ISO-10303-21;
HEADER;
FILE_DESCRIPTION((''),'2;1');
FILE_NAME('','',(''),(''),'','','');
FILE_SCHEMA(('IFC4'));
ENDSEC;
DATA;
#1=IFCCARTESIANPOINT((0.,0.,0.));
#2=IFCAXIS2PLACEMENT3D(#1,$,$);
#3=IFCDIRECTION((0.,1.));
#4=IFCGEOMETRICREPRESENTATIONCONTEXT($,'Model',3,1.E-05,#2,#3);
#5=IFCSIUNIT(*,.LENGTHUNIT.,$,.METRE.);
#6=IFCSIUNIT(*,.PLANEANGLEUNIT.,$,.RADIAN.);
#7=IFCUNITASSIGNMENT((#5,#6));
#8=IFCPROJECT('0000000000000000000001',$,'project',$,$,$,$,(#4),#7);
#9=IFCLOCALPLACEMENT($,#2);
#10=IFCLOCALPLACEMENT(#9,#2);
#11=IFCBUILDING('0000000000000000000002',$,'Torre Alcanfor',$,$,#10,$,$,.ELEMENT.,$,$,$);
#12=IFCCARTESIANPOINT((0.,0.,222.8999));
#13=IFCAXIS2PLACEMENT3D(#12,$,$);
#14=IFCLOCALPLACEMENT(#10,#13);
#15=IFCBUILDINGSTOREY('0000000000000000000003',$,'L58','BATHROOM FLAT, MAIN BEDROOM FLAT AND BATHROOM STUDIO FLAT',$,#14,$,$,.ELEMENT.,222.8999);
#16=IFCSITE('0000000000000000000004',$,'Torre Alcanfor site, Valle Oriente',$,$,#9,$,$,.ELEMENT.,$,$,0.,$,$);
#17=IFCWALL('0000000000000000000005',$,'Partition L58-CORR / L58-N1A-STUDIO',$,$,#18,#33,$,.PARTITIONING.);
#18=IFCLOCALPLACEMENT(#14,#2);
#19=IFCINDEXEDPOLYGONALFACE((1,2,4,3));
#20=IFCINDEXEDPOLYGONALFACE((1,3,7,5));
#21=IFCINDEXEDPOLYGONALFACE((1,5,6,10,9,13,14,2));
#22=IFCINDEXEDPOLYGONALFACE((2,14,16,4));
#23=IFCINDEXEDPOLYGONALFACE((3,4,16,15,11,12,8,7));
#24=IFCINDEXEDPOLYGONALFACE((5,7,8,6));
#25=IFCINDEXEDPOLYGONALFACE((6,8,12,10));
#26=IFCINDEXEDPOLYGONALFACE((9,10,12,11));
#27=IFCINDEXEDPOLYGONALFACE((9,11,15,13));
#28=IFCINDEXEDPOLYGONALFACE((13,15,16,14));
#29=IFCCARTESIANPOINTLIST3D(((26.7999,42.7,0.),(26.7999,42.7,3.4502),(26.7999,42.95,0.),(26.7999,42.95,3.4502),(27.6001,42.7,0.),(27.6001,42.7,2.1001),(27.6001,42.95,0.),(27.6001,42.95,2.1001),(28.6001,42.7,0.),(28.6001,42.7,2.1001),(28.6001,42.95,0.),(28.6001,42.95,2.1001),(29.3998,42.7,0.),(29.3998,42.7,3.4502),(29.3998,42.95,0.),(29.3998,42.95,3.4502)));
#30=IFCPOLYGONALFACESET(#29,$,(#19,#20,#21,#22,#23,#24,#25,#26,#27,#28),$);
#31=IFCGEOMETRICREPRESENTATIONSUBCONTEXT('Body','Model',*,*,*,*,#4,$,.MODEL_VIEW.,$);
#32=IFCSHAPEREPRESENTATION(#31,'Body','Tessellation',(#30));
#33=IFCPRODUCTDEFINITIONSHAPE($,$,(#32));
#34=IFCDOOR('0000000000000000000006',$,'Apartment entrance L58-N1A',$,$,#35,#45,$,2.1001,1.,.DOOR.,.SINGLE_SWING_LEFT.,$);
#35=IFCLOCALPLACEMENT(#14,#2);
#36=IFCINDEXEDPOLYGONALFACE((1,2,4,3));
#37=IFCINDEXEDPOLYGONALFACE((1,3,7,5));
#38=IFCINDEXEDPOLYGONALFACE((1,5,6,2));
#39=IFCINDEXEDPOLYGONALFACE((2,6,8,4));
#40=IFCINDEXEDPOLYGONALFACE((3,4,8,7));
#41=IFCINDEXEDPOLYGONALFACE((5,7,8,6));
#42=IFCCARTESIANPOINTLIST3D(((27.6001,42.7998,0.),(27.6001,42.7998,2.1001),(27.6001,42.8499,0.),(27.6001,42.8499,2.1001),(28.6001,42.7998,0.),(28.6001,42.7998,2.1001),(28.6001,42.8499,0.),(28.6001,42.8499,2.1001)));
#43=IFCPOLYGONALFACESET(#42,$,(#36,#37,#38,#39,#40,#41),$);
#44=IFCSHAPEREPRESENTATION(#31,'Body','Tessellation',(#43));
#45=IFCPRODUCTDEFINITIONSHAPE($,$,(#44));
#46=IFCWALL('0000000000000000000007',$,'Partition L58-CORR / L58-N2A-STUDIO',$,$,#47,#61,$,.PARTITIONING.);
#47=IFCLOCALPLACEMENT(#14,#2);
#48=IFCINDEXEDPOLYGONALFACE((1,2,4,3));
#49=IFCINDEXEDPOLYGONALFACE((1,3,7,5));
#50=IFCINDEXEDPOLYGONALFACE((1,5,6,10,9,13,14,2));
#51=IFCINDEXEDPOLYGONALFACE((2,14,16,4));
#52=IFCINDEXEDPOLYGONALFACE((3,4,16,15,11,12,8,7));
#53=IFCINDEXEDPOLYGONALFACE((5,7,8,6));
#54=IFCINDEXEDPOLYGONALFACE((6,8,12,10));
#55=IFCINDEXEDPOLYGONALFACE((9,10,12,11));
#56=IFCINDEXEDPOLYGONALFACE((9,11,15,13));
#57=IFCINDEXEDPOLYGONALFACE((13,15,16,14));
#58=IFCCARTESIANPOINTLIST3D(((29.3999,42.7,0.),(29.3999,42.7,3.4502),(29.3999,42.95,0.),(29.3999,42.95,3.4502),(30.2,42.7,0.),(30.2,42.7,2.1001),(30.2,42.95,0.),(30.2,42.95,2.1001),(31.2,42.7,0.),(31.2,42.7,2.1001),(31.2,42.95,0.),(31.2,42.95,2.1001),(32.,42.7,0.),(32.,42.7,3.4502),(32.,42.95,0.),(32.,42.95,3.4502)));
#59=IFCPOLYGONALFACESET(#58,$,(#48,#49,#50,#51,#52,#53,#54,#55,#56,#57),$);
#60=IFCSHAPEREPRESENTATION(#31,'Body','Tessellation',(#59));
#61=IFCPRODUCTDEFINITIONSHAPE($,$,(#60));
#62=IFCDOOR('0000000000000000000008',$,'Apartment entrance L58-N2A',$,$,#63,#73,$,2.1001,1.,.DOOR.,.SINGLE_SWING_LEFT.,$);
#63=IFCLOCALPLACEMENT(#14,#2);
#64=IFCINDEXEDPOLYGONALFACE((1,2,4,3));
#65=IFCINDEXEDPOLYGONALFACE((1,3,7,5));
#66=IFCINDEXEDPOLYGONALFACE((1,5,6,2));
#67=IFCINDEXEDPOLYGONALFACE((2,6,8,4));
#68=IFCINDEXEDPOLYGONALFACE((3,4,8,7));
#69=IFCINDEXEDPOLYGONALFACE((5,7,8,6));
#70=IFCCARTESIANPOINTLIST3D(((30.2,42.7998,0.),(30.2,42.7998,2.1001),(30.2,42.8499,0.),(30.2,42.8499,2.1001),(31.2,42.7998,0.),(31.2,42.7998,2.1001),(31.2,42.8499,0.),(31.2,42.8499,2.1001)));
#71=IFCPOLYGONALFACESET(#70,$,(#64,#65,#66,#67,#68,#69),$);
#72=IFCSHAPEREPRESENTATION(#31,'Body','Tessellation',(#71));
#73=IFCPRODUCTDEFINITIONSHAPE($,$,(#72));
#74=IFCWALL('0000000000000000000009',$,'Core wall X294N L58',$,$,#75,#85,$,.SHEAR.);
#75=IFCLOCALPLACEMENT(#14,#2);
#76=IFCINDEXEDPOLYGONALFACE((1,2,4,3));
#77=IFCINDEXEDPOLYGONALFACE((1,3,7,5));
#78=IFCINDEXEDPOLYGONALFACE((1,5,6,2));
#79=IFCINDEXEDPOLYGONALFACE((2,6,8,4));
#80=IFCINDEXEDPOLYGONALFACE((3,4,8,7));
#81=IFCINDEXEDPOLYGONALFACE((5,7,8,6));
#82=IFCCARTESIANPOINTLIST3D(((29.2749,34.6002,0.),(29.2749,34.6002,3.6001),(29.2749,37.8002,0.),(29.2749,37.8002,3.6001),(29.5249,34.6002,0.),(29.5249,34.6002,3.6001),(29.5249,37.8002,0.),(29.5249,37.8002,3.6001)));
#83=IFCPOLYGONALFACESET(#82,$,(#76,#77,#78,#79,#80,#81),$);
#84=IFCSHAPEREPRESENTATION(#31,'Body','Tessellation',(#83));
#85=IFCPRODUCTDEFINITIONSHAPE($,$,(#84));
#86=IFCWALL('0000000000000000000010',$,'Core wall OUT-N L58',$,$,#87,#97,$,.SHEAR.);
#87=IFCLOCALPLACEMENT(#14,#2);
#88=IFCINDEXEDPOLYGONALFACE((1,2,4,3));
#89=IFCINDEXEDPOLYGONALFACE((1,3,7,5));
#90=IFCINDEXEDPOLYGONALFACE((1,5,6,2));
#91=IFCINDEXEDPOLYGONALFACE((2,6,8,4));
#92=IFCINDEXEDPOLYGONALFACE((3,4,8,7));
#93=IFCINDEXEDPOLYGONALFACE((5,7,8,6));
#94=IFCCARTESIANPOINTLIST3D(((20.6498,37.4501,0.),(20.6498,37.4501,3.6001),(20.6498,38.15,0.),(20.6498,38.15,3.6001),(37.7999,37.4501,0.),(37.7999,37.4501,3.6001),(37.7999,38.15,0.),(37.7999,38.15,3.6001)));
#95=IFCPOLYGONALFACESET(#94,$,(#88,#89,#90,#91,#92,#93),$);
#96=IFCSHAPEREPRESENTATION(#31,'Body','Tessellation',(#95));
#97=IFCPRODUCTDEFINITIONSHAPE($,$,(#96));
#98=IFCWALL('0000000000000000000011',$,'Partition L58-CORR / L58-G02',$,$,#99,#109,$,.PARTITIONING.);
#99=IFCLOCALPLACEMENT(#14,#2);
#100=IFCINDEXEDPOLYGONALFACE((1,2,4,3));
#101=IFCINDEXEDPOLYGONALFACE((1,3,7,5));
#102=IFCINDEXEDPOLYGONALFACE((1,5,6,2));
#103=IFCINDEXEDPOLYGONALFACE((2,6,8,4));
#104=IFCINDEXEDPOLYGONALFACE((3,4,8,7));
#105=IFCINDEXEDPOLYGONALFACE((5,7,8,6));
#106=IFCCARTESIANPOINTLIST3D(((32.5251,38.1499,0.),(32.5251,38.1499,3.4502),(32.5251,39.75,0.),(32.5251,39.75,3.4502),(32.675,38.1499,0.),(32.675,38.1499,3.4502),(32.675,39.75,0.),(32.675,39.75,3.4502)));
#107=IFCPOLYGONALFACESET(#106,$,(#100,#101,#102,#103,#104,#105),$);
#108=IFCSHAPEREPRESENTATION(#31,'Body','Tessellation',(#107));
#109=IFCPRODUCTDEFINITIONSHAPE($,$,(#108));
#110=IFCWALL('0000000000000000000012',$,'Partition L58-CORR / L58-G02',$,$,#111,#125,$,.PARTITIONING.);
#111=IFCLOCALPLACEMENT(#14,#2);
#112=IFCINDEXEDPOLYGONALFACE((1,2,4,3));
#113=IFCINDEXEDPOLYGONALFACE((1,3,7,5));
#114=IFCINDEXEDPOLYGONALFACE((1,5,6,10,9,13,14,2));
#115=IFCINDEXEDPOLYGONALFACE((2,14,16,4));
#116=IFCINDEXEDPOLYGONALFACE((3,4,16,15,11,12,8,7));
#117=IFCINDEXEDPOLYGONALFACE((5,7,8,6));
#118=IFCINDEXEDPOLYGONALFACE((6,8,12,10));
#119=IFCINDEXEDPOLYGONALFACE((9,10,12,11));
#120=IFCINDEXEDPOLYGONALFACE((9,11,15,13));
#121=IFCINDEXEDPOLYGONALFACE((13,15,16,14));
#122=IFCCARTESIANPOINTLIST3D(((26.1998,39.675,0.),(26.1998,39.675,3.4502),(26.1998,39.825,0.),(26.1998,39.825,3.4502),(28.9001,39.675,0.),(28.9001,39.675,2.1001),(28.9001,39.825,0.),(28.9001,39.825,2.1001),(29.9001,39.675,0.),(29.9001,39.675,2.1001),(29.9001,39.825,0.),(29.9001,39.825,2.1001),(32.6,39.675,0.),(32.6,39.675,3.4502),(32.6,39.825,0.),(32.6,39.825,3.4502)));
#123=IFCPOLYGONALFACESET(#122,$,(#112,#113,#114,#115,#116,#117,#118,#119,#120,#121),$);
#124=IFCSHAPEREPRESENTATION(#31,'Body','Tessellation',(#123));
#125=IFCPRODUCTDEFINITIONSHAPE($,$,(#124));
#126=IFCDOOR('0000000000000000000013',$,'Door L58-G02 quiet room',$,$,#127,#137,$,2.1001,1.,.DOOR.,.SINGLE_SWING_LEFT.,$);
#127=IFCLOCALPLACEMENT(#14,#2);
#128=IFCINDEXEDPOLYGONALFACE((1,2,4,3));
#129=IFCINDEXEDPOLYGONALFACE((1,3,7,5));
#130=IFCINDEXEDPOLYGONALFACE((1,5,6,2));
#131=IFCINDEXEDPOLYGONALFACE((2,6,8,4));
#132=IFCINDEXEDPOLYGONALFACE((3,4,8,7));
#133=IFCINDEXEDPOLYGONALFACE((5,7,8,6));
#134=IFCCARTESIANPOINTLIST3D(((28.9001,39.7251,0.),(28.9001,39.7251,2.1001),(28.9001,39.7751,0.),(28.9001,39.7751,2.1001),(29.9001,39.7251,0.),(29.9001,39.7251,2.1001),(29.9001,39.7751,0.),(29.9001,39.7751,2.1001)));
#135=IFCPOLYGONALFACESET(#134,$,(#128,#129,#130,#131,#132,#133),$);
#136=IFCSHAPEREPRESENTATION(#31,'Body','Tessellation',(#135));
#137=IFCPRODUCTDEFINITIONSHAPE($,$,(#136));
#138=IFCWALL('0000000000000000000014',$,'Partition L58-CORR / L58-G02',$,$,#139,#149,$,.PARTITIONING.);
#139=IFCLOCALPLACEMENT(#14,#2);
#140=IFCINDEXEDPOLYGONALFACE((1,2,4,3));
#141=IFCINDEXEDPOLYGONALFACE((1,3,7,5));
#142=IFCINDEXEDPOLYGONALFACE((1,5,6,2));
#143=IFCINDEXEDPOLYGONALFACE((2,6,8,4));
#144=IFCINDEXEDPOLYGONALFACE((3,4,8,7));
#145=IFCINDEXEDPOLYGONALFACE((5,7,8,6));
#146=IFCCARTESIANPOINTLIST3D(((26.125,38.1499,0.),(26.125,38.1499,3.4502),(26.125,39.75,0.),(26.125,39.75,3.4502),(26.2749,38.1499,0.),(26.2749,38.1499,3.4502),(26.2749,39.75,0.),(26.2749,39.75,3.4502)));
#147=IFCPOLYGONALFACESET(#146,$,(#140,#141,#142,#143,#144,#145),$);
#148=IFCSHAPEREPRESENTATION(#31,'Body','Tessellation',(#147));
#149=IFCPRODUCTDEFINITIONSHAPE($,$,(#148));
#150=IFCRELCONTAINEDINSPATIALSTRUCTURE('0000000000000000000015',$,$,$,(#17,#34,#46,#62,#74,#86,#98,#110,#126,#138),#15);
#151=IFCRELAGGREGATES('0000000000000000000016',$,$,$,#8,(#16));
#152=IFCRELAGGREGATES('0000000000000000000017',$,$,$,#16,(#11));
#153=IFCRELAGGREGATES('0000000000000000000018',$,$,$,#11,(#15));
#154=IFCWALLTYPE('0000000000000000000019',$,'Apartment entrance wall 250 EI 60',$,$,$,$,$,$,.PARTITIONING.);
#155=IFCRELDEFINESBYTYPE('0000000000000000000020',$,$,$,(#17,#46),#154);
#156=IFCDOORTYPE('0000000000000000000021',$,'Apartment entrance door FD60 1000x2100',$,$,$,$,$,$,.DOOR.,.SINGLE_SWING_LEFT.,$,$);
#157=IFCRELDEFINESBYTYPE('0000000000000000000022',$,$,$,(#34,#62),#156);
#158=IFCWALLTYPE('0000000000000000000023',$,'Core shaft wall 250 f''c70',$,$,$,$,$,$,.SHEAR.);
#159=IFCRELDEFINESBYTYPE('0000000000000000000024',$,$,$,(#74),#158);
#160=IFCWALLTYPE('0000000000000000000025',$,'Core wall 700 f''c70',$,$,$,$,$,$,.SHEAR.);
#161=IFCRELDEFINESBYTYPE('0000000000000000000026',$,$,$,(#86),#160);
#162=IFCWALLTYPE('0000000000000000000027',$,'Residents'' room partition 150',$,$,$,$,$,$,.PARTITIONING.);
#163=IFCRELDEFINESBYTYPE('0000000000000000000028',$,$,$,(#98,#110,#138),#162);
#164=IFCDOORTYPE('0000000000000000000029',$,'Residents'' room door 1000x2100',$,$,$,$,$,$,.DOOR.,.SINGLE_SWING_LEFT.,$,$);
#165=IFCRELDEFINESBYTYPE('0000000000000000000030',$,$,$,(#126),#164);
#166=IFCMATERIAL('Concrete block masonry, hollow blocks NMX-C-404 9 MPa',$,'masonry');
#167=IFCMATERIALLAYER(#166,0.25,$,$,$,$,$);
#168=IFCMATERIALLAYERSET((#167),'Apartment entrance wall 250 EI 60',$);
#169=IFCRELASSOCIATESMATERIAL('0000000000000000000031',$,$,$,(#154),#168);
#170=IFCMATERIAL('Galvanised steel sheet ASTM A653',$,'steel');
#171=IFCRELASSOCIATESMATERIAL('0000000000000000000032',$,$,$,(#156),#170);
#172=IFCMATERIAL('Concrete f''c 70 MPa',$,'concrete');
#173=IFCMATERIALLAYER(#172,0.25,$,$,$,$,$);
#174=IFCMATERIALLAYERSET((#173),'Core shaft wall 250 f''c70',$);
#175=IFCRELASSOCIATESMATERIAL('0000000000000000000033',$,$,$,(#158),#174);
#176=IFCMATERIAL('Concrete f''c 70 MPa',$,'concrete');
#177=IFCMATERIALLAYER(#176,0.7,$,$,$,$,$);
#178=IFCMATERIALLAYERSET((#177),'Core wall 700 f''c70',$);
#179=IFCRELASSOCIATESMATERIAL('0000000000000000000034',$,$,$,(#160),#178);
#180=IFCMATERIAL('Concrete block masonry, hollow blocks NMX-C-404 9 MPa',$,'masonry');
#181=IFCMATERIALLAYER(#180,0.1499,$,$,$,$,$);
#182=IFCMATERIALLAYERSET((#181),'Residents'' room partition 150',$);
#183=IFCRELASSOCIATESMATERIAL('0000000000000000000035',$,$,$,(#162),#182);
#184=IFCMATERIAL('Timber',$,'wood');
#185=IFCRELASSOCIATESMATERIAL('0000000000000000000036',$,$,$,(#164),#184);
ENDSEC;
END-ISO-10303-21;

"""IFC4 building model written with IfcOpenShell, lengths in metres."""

from ifc_helpers import new_model, si_unit, direction, frame, frame_2d, origin, place, context, subcontext, project, spatial, rectangle, extrude, material, layer, layer_set, type_object, element, fill, save


model = new_model("IFC4")

# Units and contexts
model_context = context("Model", 3, precision=1e-05, world=origin(), true_north=direction((0.0, 1.0)))
body_context = subcontext(model_context, "Body", "Model", "MODEL_VIEW")
ifc_project = project(units=[si_unit("LENGTHUNIT", "METRE"), si_unit("PLANEANGLEUNIT", "RADIAN")], contexts=[model_context])

# Site, building, storey
site_placement = place(None, origin())
site = spatial("IfcSite", under=ifc_project, at=site_placement, Name="Torre Alcanfor site, Valle Oriente", CompositionType="ELEMENT", RefElevation=0.0)
building_placement = place(site_placement, origin())
building = spatial("IfcBuilding", under=site, at=building_placement, Name="Torre Alcanfor", CompositionType="ELEMENT")
storey_placement = place(building_placement, frame((0.0, 0.0, 222.8999)))
storey = spatial("IfcBuildingStorey", under=building, at=storey_placement, Name="L58", Description="BATHROOM FLAT, MAIN BEDROOM FLAT AND BATHROOM STUDIO FLAT", CompositionType="ELEMENT", Elevation=222.8999)

# Walls, openings, doors
ifc_material_1 = material(Name="Concrete block masonry, hollow blocks NMX-C-404 9 MPa", Category="masonry")
ifc_layer_1 = layer(ifc_material_1, 0.25)
ifc_layer_set_1 = layer_set([ifc_layer_1], Name="Apartment entrance wall 250 EI 60")
wall_type_1 = type_object("IfcWallType", Name="Apartment entrance wall 250 EI 60", PredefinedType="PARTITIONING", material=ifc_layer_set_1)
wall_1_placement = place(storey_placement, frame((26.8, 42.825, 0.0), z_axis=(0.0, 0.0, 1.0), x_axis=(1.0, 0.0, 0.0)))
wall_1 = element("IfcWall", 1, at=wall_1_placement, inside=storey, type_object=wall_type_1, Name="Partition L58-CORR / L58-N1A-STUDIO", PredefinedType="PARTITIONING", context=body_context, shape_type="SweptSolid", body=[
    extrude(rectangle(XDim=2.5999, YDim=0.25, at=frame_2d((1.2998, 0.0))), origin(), (0.0, 0.0, 1.0), 3.4502),
])
opening_1_placement = place(wall_1_placement, frame((0.8, 0.0, 0.0)))
opening_1 = element("IfcOpeningElement", 2, at=opening_1_placement, cuts=wall_1, PredefinedType="OPENING", context=body_context, shape_type="SweptSolid", body=[
    extrude(rectangle(XDim=1.0, YDim=2.1001, at=frame_2d((0.5, 1.05))), frame((0.0, 0.135, 0.0), z_axis=(0.0, -1.0, 0.0), x_axis=(1.0, 0.0, 0.0)), (0.0, 0.0, 1.0), 0.27),
])
ifc_material_2 = material(Name="Galvanised steel sheet ASTM A653", Category="steel")
door_type_1 = type_object("IfcDoorType", Name="Apartment entrance door FD60 1000x2100", OperationType="SINGLE_SWING_LEFT", PredefinedType="DOOR", material=ifc_material_2)
door_1_placement = place(opening_1_placement, origin())
door_1 = element("IfcDoor", 3, at=door_1_placement, inside=storey, type_object=door_type_1, Name="Apartment entrance L58-N1A", OperationType="SINGLE_SWING_LEFT", OverallHeight=2.1001, OverallWidth=1.0, PredefinedType="DOOR", context=body_context, shape_type="SweptSolid", body=[
    extrude(rectangle(XDim=1.0, YDim=2.1001, at=frame_2d((0.5, 1.05))), frame((0.0, 0.0249, 0.0), z_axis=(0.0, -1.0, 0.0), x_axis=(1.0, 0.0, 0.0)), (0.0, 0.0, 1.0), 0.05),
])
fill(opening_1, door_1)
wall_2_placement = place(storey_placement, frame((29.3999, 42.825, 0.0), z_axis=(0.0, 0.0, 1.0), x_axis=(1.0, 0.0, 0.0)))
wall_2 = element("IfcWall", 4, at=wall_2_placement, inside=storey, type_object=wall_type_1, Name="Partition L58-CORR / L58-N2A-STUDIO", PredefinedType="PARTITIONING", context=body_context, shape_type="SweptSolid", body=[
    extrude(rectangle(XDim=2.6001, YDim=0.25, at=frame_2d((1.3, 0.0))), origin(), (0.0, 0.0, 1.0), 3.4502),
])
opening_2_placement = place(wall_2_placement, frame((0.8, 0.0, 0.0)))
opening_2 = element("IfcOpeningElement", 5, at=opening_2_placement, cuts=wall_2, PredefinedType="OPENING", context=body_context, shape_type="SweptSolid", body=[
    extrude(rectangle(XDim=1.0, YDim=2.1001, at=frame_2d((0.5, 1.05))), frame((0.0, 0.135, 0.0), z_axis=(0.0, -1.0, 0.0), x_axis=(1.0, 0.0, 0.0)), (0.0, 0.0, 1.0), 0.27),
])
door_2_placement = place(opening_2_placement, origin())
door_2 = element("IfcDoor", 6, at=door_2_placement, inside=storey, type_object=door_type_1, Name="Apartment entrance L58-N2A", OperationType="SINGLE_SWING_LEFT", OverallHeight=2.1001, OverallWidth=1.0, PredefinedType="DOOR", context=body_context, shape_type="SweptSolid", body=[
    extrude(rectangle(XDim=1.0, YDim=2.1001, at=frame_2d((0.5, 1.05))), frame((0.0, 0.0249, 0.0), z_axis=(0.0, -1.0, 0.0), x_axis=(1.0, 0.0, 0.0)), (0.0, 0.0, 1.0), 0.05),
])
fill(opening_2, door_2)

# Walls
ifc_material_3 = material(Name="Concrete f'c 70 MPa", Category="concrete")
ifc_layer_2 = layer(ifc_material_3, 0.25)
ifc_layer_set_2 = layer_set([ifc_layer_2], Name="Core shaft wall 250 f'c70")
wall_type_2 = type_object("IfcWallType", Name="Core shaft wall 250 f'c70", PredefinedType="SHEAR", material=ifc_layer_set_2)
wall_3_placement = place(storey_placement, frame((29.3999, 34.6001, 0.0), z_axis=(0.0, 0.0, 1.0), x_axis=(0.0, 1.0, 0.0)))
element("IfcWall", 7, at=wall_3_placement, inside=storey, type_object=wall_type_2, Name="Core wall X294N L58", PredefinedType="SHEAR", context=body_context, shape_type="SweptSolid", body=[
    extrude(rectangle(XDim=3.2, YDim=0.25, at=frame_2d((1.6001, 0.0))), origin(), (0.0, 0.0, 1.0), 3.6001),
])
ifc_material_4 = material(Name="Concrete f'c 70 MPa", Category="concrete")
ifc_layer_3 = layer(ifc_material_4, 0.7)
ifc_layer_set_3 = layer_set([ifc_layer_3], Name="Core wall 700 f'c70")
wall_type_3 = type_object("IfcWallType", Name="Core wall 700 f'c70", PredefinedType="SHEAR", material=ifc_layer_set_3)
wall_4_placement = place(storey_placement, frame((37.8, 37.8, 0.0), z_axis=(0.0, 0.0, 1.0), x_axis=(-1.0, 0.0, 0.0)))
element("IfcWall", 8, at=wall_4_placement, inside=storey, type_object=wall_type_3, Name="Core wall OUT-N L58", PredefinedType="SHEAR", context=body_context, shape_type="SweptSolid", body=[
    extrude(rectangle(XDim=17.1501, YDim=0.7, at=frame_2d((8.5752, 0.0))), origin(), (0.0, 0.0, 1.0), 3.6001),
])
ifc_material_5 = material(Name="Concrete block masonry, hollow blocks NMX-C-404 9 MPa", Category="masonry")
ifc_layer_4 = layer(ifc_material_5, 0.1499)
ifc_layer_set_4 = layer_set([ifc_layer_4], Name="Residents' room partition 150")
wall_type_4 = type_object("IfcWallType", Name="Residents' room partition 150", PredefinedType="PARTITIONING", material=ifc_layer_set_4)
wall_5_placement = place(storey_placement, frame((32.6001, 38.1499, 0.0), z_axis=(0.0, 0.0, 1.0), x_axis=(0.0, 1.0, 0.0)))
element("IfcWall", 9, at=wall_5_placement, inside=storey, type_object=wall_type_4, Name="Partition L58-CORR / L58-G02", PredefinedType="PARTITIONING", context=body_context, shape_type="SweptSolid", body=[
    extrude(rectangle(XDim=1.6001, YDim=0.1499, at=frame_2d((0.8, 0.0))), origin(), (0.0, 0.0, 1.0), 3.4502),
])

# Wall, opening, door
wall_6_placement = place(storey_placement, frame((32.6001, 39.75, 0.0), z_axis=(0.0, 0.0, 1.0), x_axis=(-1.0, 0.0, 0.0)))
wall_6 = element("IfcWall", 10, at=wall_6_placement, inside=storey, type_object=wall_type_4, Name="Partition L58-CORR / L58-G02", PredefinedType="PARTITIONING", context=body_context, shape_type="SweptSolid", body=[
    extrude(rectangle(XDim=6.4001, YDim=0.1499, at=frame_2d((3.2002, 0.0))), origin(), (0.0, 0.0, 1.0), 3.4502),
])
opening_3_placement = place(wall_6_placement, frame((2.7, 0.0, 0.0)))
opening_3 = element("IfcOpeningElement", 11, at=opening_3_placement, cuts=wall_6, PredefinedType="OPENING", context=body_context, shape_type="SweptSolid", body=[
    extrude(rectangle(XDim=1.0, YDim=2.1001, at=frame_2d((0.5, 1.05))), frame((0.0, 0.085, 0.0), z_axis=(0.0, -1.0, 0.0), x_axis=(1.0, 0.0, 0.0)), (0.0, 0.0, 1.0), 0.1699),
])
ifc_material_6 = material(Name="Timber", Category="wood")
door_type_2 = type_object("IfcDoorType", Name="Residents' room door 1000x2100", OperationType="SINGLE_SWING_LEFT", PredefinedType="DOOR", material=ifc_material_6)
door_3_placement = place(opening_3_placement, origin())
door_3 = element("IfcDoor", 12, at=door_3_placement, inside=storey, type_object=door_type_2, Name="Door L58-G02 quiet room", OperationType="SINGLE_SWING_LEFT", OverallHeight=2.1001, OverallWidth=1.0, PredefinedType="DOOR", context=body_context, shape_type="SweptSolid", body=[
    extrude(rectangle(XDim=1.0, YDim=2.1001, at=frame_2d((0.5, 1.05))), frame((0.0, 0.0249, 0.0), z_axis=(0.0, -1.0, 0.0), x_axis=(1.0, 0.0, 0.0)), (0.0, 0.0, 1.0), 0.05),
])
fill(opening_3, door_3)

# Wall
wall_7_placement = place(storey_placement, frame((26.2, 39.75, 0.0), z_axis=(0.0, 0.0, 1.0), x_axis=(0.0, -1.0, 0.0)))
element("IfcWall", 13, at=wall_7_placement, inside=storey, type_object=wall_type_4, Name="Partition L58-CORR / L58-G02", PredefinedType="PARTITIONING", context=body_context, shape_type="SweptSolid", body=[
    extrude(rectangle(XDim=1.6001, YDim=0.1499, at=frame_2d((0.8, 0.0))), origin(), (0.0, 0.0, 1.0), 3.4502),
])

save(model, "model.ifc")
